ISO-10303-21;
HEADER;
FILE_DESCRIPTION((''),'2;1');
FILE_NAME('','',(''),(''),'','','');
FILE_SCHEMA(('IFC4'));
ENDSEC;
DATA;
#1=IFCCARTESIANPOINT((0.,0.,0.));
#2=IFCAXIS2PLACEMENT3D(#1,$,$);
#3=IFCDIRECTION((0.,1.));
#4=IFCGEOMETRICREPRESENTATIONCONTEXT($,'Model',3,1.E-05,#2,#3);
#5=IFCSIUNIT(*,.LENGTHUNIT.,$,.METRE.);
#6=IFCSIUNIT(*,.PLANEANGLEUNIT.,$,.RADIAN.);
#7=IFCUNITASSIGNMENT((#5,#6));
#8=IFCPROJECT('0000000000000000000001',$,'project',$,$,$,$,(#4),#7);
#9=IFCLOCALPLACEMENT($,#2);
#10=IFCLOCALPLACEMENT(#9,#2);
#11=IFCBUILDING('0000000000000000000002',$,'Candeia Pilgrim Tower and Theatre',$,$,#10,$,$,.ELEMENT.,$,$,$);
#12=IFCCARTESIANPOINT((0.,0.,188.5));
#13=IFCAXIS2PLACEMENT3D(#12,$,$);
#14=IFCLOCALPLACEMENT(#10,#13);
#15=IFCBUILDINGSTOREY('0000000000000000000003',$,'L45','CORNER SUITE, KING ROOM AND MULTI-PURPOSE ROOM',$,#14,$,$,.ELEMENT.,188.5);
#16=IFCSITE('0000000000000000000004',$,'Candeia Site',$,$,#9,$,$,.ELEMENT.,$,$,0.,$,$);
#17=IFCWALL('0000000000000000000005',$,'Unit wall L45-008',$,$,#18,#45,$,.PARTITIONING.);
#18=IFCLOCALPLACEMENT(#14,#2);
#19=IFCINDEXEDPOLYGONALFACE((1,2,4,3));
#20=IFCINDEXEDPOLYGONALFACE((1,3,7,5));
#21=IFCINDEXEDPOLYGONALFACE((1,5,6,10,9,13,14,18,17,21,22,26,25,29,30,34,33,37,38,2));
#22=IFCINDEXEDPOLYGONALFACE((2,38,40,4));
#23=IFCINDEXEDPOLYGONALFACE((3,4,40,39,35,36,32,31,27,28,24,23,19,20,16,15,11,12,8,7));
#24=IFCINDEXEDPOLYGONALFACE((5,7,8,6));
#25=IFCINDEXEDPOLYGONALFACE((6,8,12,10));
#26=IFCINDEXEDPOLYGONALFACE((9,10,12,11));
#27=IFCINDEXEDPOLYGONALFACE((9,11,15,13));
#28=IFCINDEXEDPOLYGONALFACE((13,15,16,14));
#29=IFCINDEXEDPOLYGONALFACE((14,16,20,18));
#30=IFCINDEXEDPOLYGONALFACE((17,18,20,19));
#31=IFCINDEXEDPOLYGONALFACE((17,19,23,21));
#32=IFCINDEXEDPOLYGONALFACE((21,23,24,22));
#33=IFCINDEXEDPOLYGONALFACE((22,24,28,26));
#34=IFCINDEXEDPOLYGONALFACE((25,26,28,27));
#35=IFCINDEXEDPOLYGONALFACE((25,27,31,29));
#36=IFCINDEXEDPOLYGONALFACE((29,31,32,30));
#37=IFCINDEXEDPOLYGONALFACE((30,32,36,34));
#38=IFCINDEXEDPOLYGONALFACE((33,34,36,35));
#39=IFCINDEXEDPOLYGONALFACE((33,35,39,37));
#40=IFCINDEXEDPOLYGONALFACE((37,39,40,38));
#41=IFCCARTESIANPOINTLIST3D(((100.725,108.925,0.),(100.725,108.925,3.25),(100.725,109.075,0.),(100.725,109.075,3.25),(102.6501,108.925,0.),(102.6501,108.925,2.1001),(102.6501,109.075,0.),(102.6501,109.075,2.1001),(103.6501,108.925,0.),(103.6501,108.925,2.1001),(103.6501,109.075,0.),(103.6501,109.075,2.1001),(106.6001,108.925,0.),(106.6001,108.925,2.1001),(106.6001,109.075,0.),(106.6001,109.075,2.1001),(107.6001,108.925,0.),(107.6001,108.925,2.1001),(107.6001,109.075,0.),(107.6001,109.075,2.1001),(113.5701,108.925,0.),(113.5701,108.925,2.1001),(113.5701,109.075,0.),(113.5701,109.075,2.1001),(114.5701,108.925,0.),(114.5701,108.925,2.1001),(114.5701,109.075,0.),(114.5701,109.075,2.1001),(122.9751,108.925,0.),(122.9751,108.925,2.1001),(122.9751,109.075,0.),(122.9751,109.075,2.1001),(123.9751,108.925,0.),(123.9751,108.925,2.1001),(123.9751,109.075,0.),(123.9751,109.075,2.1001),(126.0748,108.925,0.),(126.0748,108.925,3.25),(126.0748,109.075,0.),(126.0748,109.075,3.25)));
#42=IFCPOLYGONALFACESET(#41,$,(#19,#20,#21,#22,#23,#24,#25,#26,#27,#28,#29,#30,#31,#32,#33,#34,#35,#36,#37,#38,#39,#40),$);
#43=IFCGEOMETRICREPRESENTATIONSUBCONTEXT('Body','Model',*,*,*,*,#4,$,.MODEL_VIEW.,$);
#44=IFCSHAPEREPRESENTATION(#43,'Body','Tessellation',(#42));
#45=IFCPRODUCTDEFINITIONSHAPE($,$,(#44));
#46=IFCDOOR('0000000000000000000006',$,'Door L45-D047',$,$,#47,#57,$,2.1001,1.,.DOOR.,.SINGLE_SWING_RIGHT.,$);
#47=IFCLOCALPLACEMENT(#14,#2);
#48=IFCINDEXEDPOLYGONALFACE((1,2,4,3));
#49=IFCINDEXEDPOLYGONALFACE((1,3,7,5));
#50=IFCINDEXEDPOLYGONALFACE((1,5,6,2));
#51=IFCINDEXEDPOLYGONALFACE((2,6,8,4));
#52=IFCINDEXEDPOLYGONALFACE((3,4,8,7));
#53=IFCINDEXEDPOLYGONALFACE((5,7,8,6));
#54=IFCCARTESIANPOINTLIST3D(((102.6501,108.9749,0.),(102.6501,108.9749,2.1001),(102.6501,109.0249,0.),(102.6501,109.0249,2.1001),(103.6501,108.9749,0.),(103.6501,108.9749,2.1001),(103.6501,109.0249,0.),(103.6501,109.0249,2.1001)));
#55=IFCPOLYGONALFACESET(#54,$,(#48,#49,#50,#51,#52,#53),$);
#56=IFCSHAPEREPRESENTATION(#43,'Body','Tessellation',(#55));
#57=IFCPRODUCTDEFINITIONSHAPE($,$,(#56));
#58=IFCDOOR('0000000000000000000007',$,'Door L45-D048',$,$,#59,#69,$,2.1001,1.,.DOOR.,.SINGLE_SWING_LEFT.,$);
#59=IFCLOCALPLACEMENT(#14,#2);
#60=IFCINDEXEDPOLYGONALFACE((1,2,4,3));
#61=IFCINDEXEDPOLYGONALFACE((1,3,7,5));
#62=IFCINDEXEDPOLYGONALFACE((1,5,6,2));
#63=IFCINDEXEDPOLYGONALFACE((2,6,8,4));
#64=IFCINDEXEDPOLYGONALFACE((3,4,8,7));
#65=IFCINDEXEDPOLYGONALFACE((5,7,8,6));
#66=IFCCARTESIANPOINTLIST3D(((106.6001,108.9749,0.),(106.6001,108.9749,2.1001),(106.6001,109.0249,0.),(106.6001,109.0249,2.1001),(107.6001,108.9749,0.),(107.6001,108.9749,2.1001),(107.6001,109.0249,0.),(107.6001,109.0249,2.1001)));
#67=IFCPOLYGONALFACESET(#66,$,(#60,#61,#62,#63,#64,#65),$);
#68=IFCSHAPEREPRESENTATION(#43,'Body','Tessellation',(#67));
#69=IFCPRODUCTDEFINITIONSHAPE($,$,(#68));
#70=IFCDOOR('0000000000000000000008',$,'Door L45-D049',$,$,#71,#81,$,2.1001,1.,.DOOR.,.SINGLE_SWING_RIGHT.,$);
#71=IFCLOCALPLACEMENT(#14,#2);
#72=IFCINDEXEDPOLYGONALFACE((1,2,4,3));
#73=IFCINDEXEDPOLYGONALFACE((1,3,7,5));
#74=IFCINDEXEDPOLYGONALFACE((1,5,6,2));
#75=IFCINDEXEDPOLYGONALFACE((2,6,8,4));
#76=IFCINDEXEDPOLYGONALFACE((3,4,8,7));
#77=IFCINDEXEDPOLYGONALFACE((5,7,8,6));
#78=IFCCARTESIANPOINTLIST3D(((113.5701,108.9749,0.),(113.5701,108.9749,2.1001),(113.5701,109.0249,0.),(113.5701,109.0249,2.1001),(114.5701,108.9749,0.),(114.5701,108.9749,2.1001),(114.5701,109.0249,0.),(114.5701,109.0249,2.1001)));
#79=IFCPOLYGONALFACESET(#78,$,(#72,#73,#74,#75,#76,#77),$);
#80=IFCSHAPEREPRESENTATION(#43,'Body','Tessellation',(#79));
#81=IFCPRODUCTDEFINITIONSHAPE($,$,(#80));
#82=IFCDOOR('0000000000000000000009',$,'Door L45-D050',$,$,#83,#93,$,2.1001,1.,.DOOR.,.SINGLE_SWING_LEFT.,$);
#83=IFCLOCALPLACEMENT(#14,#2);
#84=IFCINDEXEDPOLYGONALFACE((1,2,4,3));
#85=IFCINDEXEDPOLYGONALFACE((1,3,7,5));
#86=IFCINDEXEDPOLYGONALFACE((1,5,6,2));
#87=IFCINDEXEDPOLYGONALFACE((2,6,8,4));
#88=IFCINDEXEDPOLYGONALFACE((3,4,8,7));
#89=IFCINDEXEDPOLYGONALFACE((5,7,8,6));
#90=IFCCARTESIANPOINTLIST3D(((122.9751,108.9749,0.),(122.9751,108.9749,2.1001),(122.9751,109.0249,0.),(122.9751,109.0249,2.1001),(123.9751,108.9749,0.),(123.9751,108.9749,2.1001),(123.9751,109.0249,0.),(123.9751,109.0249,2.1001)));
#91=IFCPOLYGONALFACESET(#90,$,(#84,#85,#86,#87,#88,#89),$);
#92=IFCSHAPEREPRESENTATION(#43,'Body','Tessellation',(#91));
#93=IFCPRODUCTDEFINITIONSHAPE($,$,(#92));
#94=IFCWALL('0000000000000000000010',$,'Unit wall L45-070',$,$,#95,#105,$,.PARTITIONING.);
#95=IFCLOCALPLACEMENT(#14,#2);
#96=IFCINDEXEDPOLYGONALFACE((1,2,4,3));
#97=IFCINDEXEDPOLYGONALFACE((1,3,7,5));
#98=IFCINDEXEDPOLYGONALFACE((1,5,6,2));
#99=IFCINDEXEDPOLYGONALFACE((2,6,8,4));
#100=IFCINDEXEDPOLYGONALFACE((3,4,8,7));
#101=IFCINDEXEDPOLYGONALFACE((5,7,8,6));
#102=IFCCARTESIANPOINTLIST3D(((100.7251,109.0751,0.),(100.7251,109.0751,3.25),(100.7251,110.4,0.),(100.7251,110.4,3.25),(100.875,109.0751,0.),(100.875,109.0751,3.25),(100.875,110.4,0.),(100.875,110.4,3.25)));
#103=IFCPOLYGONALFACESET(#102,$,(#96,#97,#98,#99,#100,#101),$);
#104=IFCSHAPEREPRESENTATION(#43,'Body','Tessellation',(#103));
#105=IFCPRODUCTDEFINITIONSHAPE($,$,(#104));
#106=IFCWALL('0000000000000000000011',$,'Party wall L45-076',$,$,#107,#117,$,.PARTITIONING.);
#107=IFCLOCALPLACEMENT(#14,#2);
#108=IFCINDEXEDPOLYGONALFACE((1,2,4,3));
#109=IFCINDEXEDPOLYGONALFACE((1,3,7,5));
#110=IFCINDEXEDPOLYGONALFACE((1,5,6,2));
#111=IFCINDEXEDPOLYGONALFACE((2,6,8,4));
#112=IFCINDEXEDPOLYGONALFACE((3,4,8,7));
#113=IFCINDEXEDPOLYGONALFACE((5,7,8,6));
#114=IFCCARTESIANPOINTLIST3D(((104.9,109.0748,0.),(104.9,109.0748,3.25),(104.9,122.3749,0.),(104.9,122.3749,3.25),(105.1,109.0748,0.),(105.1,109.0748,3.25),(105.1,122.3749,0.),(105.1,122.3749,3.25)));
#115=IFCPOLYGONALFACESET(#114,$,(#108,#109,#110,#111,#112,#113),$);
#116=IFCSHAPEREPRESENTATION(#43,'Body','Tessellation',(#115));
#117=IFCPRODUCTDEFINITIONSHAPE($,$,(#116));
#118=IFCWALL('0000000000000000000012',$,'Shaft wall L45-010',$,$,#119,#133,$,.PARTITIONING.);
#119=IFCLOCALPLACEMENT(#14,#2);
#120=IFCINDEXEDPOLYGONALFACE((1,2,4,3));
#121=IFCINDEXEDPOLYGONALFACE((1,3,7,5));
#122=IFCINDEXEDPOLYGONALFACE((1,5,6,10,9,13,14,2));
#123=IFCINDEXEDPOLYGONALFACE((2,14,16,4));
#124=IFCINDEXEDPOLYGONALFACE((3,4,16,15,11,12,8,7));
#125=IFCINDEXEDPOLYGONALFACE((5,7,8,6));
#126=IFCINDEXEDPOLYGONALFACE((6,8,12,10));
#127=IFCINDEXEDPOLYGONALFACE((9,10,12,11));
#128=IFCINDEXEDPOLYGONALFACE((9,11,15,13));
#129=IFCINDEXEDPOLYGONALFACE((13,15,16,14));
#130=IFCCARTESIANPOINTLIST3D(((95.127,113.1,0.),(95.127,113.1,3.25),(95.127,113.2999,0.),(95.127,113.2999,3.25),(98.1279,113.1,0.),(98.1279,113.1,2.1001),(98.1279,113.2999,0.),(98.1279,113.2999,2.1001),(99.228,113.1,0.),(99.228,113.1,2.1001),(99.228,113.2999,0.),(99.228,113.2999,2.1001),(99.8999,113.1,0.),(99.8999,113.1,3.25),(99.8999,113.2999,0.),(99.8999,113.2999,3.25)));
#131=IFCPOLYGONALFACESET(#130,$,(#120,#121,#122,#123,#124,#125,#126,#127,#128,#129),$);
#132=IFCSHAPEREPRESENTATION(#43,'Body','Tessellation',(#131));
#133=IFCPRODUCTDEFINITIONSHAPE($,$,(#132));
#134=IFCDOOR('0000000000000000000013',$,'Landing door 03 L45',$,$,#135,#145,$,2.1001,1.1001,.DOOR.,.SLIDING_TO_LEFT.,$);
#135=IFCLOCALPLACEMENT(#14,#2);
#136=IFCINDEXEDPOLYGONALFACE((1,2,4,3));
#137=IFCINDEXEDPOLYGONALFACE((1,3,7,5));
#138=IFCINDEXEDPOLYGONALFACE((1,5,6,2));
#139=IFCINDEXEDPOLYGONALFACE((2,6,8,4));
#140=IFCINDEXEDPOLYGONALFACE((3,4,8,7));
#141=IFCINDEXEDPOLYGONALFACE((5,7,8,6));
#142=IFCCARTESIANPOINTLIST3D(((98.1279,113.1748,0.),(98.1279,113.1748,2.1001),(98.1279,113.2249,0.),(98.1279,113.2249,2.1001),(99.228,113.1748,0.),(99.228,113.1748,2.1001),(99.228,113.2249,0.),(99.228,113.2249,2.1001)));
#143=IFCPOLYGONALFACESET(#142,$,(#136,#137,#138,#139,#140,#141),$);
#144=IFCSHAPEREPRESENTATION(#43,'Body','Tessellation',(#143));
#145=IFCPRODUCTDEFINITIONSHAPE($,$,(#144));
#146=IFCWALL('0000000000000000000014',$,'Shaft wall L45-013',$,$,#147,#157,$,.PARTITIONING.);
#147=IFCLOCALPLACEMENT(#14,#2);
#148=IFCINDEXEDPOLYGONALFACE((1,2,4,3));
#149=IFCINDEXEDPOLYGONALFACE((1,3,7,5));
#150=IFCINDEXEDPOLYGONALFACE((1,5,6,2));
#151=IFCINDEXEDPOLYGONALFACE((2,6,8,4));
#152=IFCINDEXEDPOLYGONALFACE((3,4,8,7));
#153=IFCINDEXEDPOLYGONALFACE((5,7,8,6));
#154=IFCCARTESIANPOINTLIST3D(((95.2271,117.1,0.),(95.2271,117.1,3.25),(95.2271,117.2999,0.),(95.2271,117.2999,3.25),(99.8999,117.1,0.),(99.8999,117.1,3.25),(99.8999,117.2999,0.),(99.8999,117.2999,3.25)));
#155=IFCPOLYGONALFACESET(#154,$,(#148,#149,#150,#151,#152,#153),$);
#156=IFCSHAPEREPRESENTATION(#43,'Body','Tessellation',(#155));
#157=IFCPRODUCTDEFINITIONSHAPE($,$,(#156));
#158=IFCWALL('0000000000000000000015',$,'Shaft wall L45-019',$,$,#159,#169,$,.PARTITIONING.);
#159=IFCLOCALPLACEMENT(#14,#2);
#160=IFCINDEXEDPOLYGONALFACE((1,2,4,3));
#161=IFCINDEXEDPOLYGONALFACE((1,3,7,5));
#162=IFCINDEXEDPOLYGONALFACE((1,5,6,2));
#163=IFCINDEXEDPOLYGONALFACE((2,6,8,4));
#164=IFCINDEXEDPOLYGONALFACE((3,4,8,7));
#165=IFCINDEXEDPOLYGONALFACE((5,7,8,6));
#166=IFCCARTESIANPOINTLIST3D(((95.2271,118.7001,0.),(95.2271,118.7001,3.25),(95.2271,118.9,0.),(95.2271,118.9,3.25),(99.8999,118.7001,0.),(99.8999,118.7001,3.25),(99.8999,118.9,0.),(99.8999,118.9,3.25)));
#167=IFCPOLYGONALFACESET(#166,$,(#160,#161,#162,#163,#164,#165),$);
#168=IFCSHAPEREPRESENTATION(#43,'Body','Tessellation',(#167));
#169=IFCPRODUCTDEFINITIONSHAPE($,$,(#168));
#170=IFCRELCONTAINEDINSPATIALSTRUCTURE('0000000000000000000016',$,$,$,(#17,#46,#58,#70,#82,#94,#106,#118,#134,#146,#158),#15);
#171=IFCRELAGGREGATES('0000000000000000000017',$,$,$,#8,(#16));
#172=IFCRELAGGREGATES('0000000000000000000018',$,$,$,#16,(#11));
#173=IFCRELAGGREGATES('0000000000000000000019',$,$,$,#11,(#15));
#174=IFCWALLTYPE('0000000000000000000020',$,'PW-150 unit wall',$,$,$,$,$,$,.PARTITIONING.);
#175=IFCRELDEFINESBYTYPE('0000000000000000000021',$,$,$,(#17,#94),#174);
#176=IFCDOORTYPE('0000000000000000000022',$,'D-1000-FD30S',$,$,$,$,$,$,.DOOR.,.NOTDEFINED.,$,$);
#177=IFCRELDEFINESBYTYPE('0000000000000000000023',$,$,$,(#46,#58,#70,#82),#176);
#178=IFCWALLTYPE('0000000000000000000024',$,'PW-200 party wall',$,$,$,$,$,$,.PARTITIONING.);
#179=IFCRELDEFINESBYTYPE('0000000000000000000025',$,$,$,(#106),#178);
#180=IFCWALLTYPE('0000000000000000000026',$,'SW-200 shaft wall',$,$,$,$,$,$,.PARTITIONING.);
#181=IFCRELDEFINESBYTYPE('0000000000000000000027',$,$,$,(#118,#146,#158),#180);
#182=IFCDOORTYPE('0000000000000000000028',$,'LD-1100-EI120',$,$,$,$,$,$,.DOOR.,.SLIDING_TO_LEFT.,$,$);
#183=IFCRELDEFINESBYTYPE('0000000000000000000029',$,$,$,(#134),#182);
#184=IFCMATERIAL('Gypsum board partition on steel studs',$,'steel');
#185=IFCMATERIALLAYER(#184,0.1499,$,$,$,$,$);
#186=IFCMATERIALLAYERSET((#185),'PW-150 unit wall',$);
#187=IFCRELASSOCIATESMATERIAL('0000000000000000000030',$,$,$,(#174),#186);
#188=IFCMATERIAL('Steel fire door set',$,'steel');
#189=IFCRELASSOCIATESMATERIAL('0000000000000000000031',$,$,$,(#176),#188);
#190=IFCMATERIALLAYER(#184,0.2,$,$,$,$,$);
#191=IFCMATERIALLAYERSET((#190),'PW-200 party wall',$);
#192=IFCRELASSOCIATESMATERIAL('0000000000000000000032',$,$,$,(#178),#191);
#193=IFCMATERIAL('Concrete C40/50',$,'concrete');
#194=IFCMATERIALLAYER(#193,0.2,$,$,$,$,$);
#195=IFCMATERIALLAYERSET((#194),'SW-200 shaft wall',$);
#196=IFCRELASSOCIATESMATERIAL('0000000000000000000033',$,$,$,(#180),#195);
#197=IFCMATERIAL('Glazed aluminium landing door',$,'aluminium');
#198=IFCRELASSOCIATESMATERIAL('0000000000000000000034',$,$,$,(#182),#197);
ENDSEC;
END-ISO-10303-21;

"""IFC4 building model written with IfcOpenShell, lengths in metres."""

from ifc_helpers import new_model, si_unit, direction, frame, frame_2d, origin, place, context, subcontext, project, spatial, rectangle, extrude, material, layer, layer_set, type_object, element, fill, save


model = new_model("IFC4")

# Units and contexts
model_context = context("Model", 3, precision=1e-05, world=origin(), true_north=direction((0.0, 1.0)))
body_context = subcontext(model_context, "Body", "Model", "MODEL_VIEW")
ifc_project = project(units=[si_unit("LENGTHUNIT", "METRE"), si_unit("PLANEANGLEUNIT", "RADIAN")], contexts=[model_context])

# Site, building, storey
site_placement = place(None, origin())
site = spatial("IfcSite", under=ifc_project, at=site_placement, Name="Candeia Site", CompositionType="ELEMENT", RefElevation=0.0)
building_placement = place(site_placement, origin())
building = spatial("IfcBuilding", under=site, at=building_placement, Name="Candeia Pilgrim Tower and Theatre", CompositionType="ELEMENT")
storey_placement = place(building_placement, frame((0.0, 0.0, 188.5)))
storey = spatial("IfcBuildingStorey", under=building, at=storey_placement, Name="L45", Description="CORNER SUITE, KING ROOM AND MULTI-PURPOSE ROOM", CompositionType="ELEMENT", Elevation=188.5)

# Shared definitions
ifc_material_1 = material(Name="Steel fire door set", Category="steel")

# Shared definitions
ifc_material_2 = material(Name="Gypsum board partition on steel studs", Category="steel")

# Wall, openings, doors
ifc_layer_1 = layer(ifc_material_2, 0.1499)
ifc_layer_set_1 = layer_set([ifc_layer_1], Name="PW-150 unit wall")
wall_type_1 = type_object("IfcWallType", Name="PW-150 unit wall", PredefinedType="PARTITIONING", material=ifc_layer_set_1)
wall_1_placement = place(storey_placement, frame((100.7251, 109.0, 0.0), z_axis=(0.0, 0.0, 1.0), x_axis=(1.0, 0.0, 0.0)))
wall_1 = element("IfcWall", 1, at=wall_1_placement, inside=storey, type_object=wall_type_1, Name="Unit wall L45-008", PredefinedType="PARTITIONING", context=body_context, shape_type="SweptSolid", body=[
    extrude(rectangle(XDim=25.3499, YDim=0.1499, at=frame_2d((12.6748, 0.0))), origin(), (0.0, 0.0, 1.0), 3.25),
])
opening_1_placement = place(wall_1_placement, frame((1.925, 0.0, 0.0)))
opening_1 = element("IfcOpeningElement", 2, at=opening_1_placement, cuts=wall_1, PredefinedType="OPENING", context=body_context, shape_type="SweptSolid", body=[
    extrude(rectangle(XDim=1.0, YDim=2.1001, at=frame_2d((0.5, 1.05))), frame((0.0, 0.085, 0.0), z_axis=(0.0, -1.0, 0.0), x_axis=(1.0, 0.0, 0.0)), (0.0, 0.0, 1.0), 0.1699),
])
opening_2_placement = place(wall_1_placement, frame((5.875, 0.0, 0.0)))
opening_2 = element("IfcOpeningElement", 3, at=opening_2_placement, cuts=wall_1, PredefinedType="OPENING", context=body_context, shape_type="SweptSolid", body=[
    extrude(rectangle(XDim=1.0, YDim=2.1001, at=frame_2d((0.5, 1.05))), frame((0.0, 0.085, 0.0), z_axis=(0.0, -1.0, 0.0), x_axis=(1.0, 0.0, 0.0)), (0.0, 0.0, 1.0), 0.1699),
])
opening_3_placement = place(wall_1_placement, frame((12.845, 0.0, 0.0)))
opening_3 = element("IfcOpeningElement", 4, at=opening_3_placement, cuts=wall_1, PredefinedType="OPENING", context=body_context, shape_type="SweptSolid", body=[
    extrude(rectangle(XDim=1.0, YDim=2.1001, at=frame_2d((0.5, 1.05))), frame((0.0, 0.085, 0.0), z_axis=(0.0, -1.0, 0.0), x_axis=(1.0, 0.0, 0.0)), (0.0, 0.0, 1.0), 0.1699),
])
opening_4_placement = place(wall_1_placement, frame((22.25, 0.0, 0.0)))
opening_4 = element("IfcOpeningElement", 5, at=opening_4_placement, cuts=wall_1, PredefinedType="OPENING", context=body_context, shape_type="SweptSolid", body=[
    extrude(rectangle(XDim=1.0, YDim=2.1001, at=frame_2d((0.5, 1.05))), frame((0.0, 0.085, 0.0), z_axis=(0.0, -1.0, 0.0), x_axis=(1.0, 0.0, 0.0)), (0.0, 0.0, 1.0), 0.1699),
])
door_type_1 = type_object("IfcDoorType", Name="D-1000-FD30S", OperationType="NOTDEFINED", PredefinedType="DOOR", material=ifc_material_1)
door_1_placement = place(opening_1_placement, origin())
door_1 = element("IfcDoor", 6, at=door_1_placement, inside=storey, type_object=door_type_1, Name="Door L45-D047", OperationType="SINGLE_SWING_RIGHT", OverallHeight=2.1001, OverallWidth=1.0, PredefinedType="DOOR", context=body_context, shape_type="SweptSolid", body=[
    extrude(rectangle(XDim=1.0, YDim=2.1001, at=frame_2d((0.5, 1.05))), frame((0.0, 0.0249, 0.0), z_axis=(0.0, -1.0, 0.0), x_axis=(1.0, 0.0, 0.0)), (0.0, 0.0, 1.0), 0.05),
])
fill(opening_1, door_1)
door_2_placement = place(opening_2_placement, origin())
door_2 = element("IfcDoor", 7, at=door_2_placement, inside=storey, type_object=door_type_1, Name="Door L45-D048", OperationType="SINGLE_SWING_LEFT", OverallHeight=2.1001, OverallWidth=1.0, PredefinedType="DOOR", context=body_context, shape_type="SweptSolid", body=[
    extrude(rectangle(XDim=1.0, YDim=2.1001, at=frame_2d((0.5, 1.05))), frame((0.0, 0.0249, 0.0), z_axis=(0.0, -1.0, 0.0), x_axis=(1.0, 0.0, 0.0)), (0.0, 0.0, 1.0), 0.05),
])
fill(opening_2, door_2)
door_3_placement = place(opening_3_placement, origin())
door_3 = element("IfcDoor", 8, at=door_3_placement, inside=storey, type_object=door_type_1, Name="Door L45-D049", OperationType="SINGLE_SWING_RIGHT", OverallHeight=2.1001, OverallWidth=1.0, PredefinedType="DOOR", context=body_context, shape_type="SweptSolid", body=[
    extrude(rectangle(XDim=1.0, YDim=2.1001, at=frame_2d((0.5, 1.05))), frame((0.0, 0.0249, 0.0), z_axis=(0.0, -1.0, 0.0), x_axis=(1.0, 0.0, 0.0)), (0.0, 0.0, 1.0), 0.05),
])
fill(opening_3, door_3)
door_4_placement = place(opening_4_placement, origin())
door_4 = element("IfcDoor", 9, at=door_4_placement, inside=storey, type_object=door_type_1, Name="Door L45-D050", OperationType="SINGLE_SWING_LEFT", OverallHeight=2.1001, OverallWidth=1.0, PredefinedType="DOOR", context=body_context, shape_type="SweptSolid", body=[
    extrude(rectangle(XDim=1.0, YDim=2.1001, at=frame_2d((0.5, 1.05))), frame((0.0, 0.0249, 0.0), z_axis=(0.0, -1.0, 0.0), x_axis=(1.0, 0.0, 0.0)), (0.0, 0.0, 1.0), 0.05),
])
fill(opening_4, door_4)

# Walls
wall_2_placement = place(storey_placement, frame((100.8, 109.075, 0.0), z_axis=(0.0, 0.0, 1.0), x_axis=(0.0, 1.0, 0.0)))
element("IfcWall", 10, at=wall_2_placement, inside=storey, type_object=wall_type_1, Name="Unit wall L45-070", PredefinedType="PARTITIONING", context=body_context, shape_type="SweptSolid", body=[
    extrude(rectangle(XDim=1.325, YDim=0.1499, at=frame_2d((0.6626, 0.0))), origin(), (0.0, 0.0, 1.0), 3.25),
])
ifc_layer_2 = layer(ifc_material_2, 0.2)
ifc_layer_set_2 = layer_set([ifc_layer_2], Name="PW-200 party wall")
wall_type_2 = type_object("IfcWallType", Name="PW-200 party wall", PredefinedType="PARTITIONING", material=ifc_layer_set_2)
wall_3_placement = place(storey_placement, frame((105.0, 109.075, 0.0), z_axis=(0.0, 0.0, 1.0), x_axis=(0.0, 1.0, 0.0)))
element("IfcWall", 11, at=wall_3_placement, inside=storey, type_object=wall_type_2, Name="Party wall L45-076", PredefinedType="PARTITIONING", context=body_context, shape_type="SweptSolid", body=[
    extrude(rectangle(XDim=13.3, YDim=0.2, at=frame_2d((6.6499, 0.0))), origin(), (0.0, 0.0, 1.0), 3.25),
])

# Wall, opening, door
ifc_material_3 = material(Name="Concrete C40/50", Category="concrete")
ifc_layer_3 = layer(ifc_material_3, 0.2)
ifc_layer_set_3 = layer_set([ifc_layer_3], Name="SW-200 shaft wall")
wall_type_3 = type_object("IfcWallType", Name="SW-200 shaft wall", PredefinedType="PARTITIONING", material=ifc_layer_set_3)
wall_4_placement = place(storey_placement, frame((95.127, 113.2, 0.0), z_axis=(0.0, 0.0, 1.0), x_axis=(1.0, 0.0, 0.0)))
wall_4 = element("IfcWall", 12, at=wall_4_placement, inside=storey, type_object=wall_type_3, Name="Shaft wall L45-010", PredefinedType="PARTITIONING", context=body_context, shape_type="SweptSolid", body=[
    extrude(rectangle(XDim=4.7729, YDim=0.2, at=frame_2d((2.3865, 0.0))), origin(), (0.0, 0.0, 1.0), 3.25),
])
opening_5_placement = place(wall_4_placement, frame((3.001, 0.0, 0.0)))
opening_5 = element("IfcOpeningElement", 13, at=opening_5_placement, cuts=wall_4, PredefinedType="OPENING", context=body_context, shape_type="SweptSolid", body=[
    extrude(rectangle(XDim=1.1001, YDim=2.1001, at=frame_2d((0.55, 1.05))), frame((0.0, 0.1099, 0.0), z_axis=(0.0, -1.0, 0.0), x_axis=(1.0, 0.0, 0.0)), (0.0, 0.0, 1.0), 0.22),
])
ifc_material_4 = material(Name="Glazed aluminium landing door", Category="aluminium")
door_type_2 = type_object("IfcDoorType", Name="LD-1100-EI120", OperationType="SLIDING_TO_LEFT", PredefinedType="DOOR", material=ifc_material_4)
door_5_placement = place(opening_5_placement, origin())
door_5 = element("IfcDoor", 14, at=door_5_placement, inside=storey, type_object=door_type_2, Name="Landing door 03 L45", OperationType="SLIDING_TO_LEFT", OverallHeight=2.1001, OverallWidth=1.1001, PredefinedType="DOOR", context=body_context, shape_type="SweptSolid", body=[
    extrude(rectangle(XDim=1.1001, YDim=2.1001, at=frame_2d((0.55, 1.05))), frame((0.0, 0.0249, 0.0), z_axis=(0.0, -1.0, 0.0), x_axis=(1.0, 0.0, 0.0)), (0.0, 0.0, 1.0), 0.05),
])
fill(opening_5, door_5)

# Walls
for number, where, z_axis, x_axis, name in (
    (15, (95.2271, 117.2, 0.0), (0.0, 0.0, 1.0), (1.0, 0.0, 0.0), "Shaft wall L45-013"),
    (16, (95.2271, 118.8, 0.0), (0.0, 0.0, 1.0), (1.0, 0.0, 0.0), "Shaft wall L45-019"),
):
    element("IfcWall", number, at=place(storey_placement, frame(where, z_axis=z_axis, x_axis=x_axis)), inside=storey, type_object=wall_type_3, Name=name, PredefinedType="PARTITIONING", context=body_context, shape_type="SweptSolid", body=[
        extrude(rectangle(XDim=4.6729, YDim=0.2, at=frame_2d((2.3364, 0.0))), origin(), (0.0, 0.0, 1.0), 3.25),
    ])

save(model, "model.ifc")
